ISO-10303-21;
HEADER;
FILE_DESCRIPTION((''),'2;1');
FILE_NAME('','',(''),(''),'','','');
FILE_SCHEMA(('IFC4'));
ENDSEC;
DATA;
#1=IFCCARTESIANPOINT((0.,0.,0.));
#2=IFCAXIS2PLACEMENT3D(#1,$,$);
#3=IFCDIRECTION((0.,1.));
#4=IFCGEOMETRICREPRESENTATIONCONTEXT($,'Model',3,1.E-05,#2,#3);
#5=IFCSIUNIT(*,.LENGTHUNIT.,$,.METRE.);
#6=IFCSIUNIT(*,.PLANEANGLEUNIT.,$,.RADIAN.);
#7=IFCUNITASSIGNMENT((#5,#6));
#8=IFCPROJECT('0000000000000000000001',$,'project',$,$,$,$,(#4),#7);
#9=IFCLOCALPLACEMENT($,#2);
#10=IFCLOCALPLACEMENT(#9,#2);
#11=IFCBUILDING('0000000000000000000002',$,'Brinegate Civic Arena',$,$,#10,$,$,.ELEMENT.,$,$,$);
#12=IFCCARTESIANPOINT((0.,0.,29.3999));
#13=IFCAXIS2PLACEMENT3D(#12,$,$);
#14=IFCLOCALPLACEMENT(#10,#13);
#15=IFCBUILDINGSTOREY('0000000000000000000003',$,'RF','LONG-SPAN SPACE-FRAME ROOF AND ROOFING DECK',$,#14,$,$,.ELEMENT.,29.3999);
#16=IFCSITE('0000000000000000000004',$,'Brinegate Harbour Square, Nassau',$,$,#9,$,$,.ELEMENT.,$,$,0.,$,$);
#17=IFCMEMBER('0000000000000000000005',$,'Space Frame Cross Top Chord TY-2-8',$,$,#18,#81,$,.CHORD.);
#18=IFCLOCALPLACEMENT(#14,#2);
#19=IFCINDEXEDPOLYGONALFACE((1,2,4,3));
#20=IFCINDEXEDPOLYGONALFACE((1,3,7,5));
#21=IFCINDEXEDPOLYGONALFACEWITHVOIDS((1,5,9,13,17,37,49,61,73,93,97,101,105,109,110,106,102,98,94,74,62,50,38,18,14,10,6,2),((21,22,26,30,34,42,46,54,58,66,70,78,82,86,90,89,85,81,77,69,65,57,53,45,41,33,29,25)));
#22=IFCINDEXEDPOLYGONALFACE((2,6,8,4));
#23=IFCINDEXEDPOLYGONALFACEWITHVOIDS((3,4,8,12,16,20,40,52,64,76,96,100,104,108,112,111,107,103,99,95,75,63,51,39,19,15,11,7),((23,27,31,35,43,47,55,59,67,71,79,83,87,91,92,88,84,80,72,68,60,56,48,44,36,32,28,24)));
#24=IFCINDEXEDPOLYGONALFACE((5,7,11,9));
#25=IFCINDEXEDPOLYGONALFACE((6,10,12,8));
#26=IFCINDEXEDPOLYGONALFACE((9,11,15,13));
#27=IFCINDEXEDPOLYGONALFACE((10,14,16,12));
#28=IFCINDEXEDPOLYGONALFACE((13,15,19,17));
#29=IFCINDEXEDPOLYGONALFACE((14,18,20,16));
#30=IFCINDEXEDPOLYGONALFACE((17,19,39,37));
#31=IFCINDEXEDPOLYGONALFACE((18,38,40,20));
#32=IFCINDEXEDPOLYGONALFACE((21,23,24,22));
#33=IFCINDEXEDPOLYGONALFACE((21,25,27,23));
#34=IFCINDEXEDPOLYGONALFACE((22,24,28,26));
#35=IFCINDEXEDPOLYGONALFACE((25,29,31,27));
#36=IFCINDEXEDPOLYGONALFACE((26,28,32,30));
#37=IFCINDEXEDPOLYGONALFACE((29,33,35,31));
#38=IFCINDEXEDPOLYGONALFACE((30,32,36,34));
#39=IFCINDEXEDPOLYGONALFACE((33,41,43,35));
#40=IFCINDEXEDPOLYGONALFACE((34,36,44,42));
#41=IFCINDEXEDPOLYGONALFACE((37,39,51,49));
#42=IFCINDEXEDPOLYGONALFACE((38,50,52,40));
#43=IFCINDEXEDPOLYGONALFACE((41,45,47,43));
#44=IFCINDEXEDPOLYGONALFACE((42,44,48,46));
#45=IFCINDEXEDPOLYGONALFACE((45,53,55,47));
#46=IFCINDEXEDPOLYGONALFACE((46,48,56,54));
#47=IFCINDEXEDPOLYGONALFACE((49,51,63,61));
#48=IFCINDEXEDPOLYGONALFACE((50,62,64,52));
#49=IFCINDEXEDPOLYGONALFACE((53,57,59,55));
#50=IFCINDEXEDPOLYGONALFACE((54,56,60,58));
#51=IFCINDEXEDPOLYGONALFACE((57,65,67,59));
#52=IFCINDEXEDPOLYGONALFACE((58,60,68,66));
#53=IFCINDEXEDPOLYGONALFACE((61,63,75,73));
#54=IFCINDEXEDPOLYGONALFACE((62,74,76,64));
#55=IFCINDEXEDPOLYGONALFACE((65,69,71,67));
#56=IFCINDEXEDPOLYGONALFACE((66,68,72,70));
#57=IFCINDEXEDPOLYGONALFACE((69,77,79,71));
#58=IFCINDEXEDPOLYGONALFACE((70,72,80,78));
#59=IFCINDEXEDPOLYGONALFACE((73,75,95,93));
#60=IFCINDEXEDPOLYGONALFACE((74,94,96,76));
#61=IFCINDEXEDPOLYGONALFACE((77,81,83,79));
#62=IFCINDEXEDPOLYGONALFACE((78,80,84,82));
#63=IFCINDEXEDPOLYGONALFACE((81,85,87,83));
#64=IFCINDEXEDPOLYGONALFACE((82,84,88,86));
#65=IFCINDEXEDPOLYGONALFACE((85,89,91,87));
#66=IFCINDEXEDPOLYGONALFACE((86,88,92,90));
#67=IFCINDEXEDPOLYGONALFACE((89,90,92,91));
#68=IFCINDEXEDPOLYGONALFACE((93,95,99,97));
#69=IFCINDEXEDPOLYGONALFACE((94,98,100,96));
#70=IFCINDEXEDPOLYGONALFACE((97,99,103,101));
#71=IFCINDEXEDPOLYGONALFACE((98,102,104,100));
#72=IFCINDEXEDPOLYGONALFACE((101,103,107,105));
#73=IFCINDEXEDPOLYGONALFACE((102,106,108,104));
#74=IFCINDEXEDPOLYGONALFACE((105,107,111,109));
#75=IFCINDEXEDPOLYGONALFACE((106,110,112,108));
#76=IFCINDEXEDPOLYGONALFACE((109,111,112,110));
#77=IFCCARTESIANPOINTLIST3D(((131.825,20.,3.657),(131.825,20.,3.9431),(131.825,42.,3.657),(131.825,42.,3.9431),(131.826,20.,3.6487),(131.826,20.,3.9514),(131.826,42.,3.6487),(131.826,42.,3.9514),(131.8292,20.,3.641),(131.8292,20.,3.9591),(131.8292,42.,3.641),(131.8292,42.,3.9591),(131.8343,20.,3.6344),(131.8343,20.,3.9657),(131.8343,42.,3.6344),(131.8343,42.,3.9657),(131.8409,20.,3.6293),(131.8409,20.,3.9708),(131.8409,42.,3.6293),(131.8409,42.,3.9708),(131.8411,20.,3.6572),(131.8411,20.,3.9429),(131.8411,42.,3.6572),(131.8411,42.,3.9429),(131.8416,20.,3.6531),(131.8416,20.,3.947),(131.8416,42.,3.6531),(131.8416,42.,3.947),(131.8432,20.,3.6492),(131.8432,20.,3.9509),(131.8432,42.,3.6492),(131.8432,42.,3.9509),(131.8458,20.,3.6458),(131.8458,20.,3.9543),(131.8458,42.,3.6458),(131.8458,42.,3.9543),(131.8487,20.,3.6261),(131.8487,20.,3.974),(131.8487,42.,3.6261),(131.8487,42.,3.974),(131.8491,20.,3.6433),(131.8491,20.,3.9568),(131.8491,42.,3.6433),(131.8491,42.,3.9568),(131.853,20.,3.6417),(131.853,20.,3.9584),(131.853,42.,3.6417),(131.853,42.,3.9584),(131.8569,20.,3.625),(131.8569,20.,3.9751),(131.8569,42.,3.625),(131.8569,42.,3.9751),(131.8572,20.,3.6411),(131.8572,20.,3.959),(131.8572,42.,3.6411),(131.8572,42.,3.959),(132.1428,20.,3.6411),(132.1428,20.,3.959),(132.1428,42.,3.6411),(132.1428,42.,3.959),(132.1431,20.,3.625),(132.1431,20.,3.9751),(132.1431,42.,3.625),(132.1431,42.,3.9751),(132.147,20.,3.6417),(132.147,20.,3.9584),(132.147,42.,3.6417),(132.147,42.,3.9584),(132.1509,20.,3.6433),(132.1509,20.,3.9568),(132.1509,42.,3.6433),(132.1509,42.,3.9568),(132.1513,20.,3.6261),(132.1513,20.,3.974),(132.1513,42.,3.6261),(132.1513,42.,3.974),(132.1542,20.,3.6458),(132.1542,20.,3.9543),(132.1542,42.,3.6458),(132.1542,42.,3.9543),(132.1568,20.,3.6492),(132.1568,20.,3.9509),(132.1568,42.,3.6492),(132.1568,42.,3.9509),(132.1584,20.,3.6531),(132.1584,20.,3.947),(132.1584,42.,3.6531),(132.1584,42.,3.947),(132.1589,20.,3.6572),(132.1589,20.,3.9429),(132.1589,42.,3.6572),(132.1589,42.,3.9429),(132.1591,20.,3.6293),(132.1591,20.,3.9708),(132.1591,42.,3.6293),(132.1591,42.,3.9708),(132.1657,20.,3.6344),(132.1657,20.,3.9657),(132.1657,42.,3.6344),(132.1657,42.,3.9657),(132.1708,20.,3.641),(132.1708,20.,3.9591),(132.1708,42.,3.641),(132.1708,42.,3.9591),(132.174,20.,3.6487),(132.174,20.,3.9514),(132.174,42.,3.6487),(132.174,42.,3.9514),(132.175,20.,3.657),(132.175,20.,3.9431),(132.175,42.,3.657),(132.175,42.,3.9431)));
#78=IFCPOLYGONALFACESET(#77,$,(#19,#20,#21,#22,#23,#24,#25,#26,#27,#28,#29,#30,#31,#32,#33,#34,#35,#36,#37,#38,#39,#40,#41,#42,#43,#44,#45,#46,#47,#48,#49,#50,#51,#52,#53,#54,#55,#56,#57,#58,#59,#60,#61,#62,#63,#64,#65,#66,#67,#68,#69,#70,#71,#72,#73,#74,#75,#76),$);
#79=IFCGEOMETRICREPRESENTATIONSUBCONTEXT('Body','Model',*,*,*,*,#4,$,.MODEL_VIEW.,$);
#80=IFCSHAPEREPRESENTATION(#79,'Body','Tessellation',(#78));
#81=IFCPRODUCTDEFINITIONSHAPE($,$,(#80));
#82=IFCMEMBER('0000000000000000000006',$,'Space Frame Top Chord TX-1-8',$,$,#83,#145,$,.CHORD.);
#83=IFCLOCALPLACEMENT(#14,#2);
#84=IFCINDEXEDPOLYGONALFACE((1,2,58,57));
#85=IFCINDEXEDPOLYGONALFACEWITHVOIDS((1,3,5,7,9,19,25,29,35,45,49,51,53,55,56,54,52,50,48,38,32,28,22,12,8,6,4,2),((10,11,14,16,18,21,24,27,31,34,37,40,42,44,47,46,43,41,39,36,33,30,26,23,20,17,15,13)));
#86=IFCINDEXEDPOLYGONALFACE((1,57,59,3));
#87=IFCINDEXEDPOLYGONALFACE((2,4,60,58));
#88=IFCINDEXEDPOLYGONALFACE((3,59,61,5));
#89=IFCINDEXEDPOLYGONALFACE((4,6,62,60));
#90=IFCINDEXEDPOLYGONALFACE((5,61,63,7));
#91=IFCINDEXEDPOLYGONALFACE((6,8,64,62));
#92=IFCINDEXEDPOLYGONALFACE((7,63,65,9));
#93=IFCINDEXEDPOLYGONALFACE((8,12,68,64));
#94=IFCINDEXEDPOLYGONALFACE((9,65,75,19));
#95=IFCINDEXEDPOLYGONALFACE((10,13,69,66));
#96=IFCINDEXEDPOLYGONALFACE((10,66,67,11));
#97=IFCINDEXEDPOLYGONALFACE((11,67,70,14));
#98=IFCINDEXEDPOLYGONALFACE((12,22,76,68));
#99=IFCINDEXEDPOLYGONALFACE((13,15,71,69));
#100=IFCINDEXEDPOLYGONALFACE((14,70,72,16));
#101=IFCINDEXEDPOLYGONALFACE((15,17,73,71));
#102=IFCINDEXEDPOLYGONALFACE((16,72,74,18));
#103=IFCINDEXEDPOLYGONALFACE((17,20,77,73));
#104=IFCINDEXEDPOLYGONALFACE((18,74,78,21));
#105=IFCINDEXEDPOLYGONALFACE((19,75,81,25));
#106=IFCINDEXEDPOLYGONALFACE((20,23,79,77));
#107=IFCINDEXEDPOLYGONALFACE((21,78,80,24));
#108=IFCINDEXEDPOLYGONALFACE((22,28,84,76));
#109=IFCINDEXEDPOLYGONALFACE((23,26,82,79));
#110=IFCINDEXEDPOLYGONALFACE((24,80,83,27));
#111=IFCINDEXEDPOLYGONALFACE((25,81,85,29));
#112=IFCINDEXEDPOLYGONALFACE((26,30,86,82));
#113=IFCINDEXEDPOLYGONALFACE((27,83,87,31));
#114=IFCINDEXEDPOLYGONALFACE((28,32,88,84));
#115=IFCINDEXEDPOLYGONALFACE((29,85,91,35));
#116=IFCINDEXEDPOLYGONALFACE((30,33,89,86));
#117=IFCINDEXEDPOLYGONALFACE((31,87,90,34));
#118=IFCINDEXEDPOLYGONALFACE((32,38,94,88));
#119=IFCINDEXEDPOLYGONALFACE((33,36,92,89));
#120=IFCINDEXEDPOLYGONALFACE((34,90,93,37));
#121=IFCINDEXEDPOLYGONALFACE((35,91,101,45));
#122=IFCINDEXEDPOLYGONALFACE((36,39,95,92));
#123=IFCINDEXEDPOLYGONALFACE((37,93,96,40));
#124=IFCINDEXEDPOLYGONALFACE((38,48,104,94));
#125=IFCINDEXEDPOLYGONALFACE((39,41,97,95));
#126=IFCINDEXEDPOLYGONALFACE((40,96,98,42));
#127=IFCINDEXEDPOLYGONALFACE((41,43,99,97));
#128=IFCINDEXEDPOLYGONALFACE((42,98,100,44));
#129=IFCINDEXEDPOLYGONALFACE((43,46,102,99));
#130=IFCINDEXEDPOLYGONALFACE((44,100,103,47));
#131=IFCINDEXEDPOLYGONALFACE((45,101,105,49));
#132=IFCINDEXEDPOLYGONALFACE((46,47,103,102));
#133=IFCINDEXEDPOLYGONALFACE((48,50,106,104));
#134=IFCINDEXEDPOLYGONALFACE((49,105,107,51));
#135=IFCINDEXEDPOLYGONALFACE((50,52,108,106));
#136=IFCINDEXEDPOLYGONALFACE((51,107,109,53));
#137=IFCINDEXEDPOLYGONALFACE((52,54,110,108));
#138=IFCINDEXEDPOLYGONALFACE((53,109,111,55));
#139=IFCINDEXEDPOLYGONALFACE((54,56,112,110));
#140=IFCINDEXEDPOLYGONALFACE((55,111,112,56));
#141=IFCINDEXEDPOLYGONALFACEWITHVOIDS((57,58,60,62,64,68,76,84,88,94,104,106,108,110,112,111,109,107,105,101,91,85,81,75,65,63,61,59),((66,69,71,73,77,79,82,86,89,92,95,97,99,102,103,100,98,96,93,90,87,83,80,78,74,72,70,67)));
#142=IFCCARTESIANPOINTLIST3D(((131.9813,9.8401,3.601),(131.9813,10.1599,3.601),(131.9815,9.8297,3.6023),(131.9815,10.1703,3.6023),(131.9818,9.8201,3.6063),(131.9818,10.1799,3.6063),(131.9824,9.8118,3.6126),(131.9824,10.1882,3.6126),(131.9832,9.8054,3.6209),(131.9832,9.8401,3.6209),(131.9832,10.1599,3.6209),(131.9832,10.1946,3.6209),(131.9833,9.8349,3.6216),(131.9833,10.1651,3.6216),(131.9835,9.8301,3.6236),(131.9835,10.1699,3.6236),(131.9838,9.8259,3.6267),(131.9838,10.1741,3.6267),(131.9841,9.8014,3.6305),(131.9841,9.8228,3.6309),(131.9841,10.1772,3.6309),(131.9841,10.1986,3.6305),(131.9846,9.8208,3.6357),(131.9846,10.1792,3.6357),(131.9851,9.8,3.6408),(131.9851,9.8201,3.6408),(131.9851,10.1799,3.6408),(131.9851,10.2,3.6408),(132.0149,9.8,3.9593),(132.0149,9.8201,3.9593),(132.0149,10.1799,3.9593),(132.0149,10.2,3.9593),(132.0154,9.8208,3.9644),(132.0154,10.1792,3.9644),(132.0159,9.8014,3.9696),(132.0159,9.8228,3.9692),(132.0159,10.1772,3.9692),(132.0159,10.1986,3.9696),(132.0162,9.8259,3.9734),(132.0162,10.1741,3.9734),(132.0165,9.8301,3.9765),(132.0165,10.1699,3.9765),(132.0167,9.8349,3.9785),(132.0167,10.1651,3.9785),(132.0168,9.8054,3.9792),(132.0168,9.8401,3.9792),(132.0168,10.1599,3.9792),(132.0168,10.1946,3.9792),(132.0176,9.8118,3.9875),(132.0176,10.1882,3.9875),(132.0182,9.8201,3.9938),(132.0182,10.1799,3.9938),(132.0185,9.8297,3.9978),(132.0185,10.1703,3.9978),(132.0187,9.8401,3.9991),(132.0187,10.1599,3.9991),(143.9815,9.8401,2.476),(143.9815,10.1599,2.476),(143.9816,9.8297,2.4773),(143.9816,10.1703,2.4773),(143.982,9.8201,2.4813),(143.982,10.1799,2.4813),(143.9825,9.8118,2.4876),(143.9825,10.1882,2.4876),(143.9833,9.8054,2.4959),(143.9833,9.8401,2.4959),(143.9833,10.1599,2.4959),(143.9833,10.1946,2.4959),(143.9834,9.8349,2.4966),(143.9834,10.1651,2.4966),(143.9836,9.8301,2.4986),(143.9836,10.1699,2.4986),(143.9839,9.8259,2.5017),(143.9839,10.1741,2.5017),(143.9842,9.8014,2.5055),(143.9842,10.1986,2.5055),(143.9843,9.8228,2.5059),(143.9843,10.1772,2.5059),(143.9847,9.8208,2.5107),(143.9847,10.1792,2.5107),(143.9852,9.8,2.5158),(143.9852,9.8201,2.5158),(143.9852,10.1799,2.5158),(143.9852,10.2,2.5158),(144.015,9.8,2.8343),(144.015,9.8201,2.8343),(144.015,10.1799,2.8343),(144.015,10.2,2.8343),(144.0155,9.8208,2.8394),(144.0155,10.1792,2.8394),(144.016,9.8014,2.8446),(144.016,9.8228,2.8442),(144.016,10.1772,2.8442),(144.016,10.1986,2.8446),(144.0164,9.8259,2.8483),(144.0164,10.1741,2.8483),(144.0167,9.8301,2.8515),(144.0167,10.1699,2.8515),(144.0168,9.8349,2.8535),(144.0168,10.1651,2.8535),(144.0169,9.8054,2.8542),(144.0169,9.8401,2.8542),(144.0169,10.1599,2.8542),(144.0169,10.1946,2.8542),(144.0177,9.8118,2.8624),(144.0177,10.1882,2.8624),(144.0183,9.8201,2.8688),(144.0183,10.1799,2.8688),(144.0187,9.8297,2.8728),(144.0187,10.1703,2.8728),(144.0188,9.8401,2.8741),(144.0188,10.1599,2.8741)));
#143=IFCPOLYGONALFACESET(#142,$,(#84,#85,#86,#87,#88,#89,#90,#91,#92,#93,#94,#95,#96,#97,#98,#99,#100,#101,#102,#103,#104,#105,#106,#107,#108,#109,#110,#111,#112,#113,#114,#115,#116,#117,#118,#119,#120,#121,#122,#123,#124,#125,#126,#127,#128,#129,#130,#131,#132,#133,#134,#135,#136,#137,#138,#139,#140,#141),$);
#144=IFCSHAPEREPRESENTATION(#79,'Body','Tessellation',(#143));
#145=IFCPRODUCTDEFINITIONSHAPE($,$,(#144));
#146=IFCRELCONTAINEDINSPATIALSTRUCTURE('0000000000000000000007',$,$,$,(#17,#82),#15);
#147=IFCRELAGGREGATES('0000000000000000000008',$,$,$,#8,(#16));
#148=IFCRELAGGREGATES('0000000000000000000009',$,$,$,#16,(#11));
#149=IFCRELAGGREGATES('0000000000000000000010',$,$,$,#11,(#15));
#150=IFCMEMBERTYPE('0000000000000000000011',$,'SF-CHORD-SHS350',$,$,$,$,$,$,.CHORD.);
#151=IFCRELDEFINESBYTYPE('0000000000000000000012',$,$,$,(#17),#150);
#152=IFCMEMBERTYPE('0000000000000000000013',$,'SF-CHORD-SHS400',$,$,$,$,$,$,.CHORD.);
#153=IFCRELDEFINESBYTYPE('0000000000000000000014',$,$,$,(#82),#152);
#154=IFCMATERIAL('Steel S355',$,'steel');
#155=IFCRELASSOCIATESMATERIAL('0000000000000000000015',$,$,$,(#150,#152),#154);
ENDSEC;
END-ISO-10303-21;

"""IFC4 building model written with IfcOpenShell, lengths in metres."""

from ifc_helpers import new_model, si_unit, direction, frame, origin, origin_2d, place, context, subcontext, project, spatial, hollow_rectangle, extrude, material, material_profile, profile_set, type_object, element, save


model = new_model("IFC4")

# Units and contexts
model_context = context("Model", 3, precision=1e-05, world=origin(), true_north=direction((0.0, 1.0)))
body_context = subcontext(model_context, "Body", "Model", "MODEL_VIEW")
ifc_project = project(units=[si_unit("LENGTHUNIT", "METRE"), si_unit("PLANEANGLEUNIT", "RADIAN")], contexts=[model_context])

# Site, building, storey
site_placement = place(None, origin())
site = spatial("IfcSite", under=ifc_project, at=site_placement, Name="Brinegate Harbour Square, Nassau", CompositionType="ELEMENT", RefElevation=0.0)
building_placement = place(site_placement, origin())
building = spatial("IfcBuilding", under=site, at=building_placement, Name="Brinegate Civic Arena", CompositionType="ELEMENT")
storey_placement = place(building_placement, frame((0.0, 0.0, 29.3999)))
storey = spatial("IfcBuildingStorey", under=building, at=storey_placement, Name="RF", Description="LONG-SPAN SPACE-FRAME ROOF AND ROOFING DECK", CompositionType="ELEMENT", Elevation=29.3999)

# Shared definitions
ifc_material_1 = material(Name="Steel S355", Category="steel")

# Members
ifc_material_profile_1 = material_profile(ifc_material_1, hollow_rectangle(XDim=0.3501, YDim=0.3501, WallThickness=0.0161, InnerFilletRadius=0.0161, OuterFilletRadius=0.032, at=origin_2d()), Name="SHS350X16")
ifc_profile_set_1 = profile_set([ifc_material_profile_1], Name="Steel S355")
member_type_1 = type_object("IfcMemberType", Name="SF-CHORD-SHS350", PredefinedType="CHORD", material=ifc_profile_set_1)
member_1_placement = place(storey_placement, frame((132.0, 20.0, 3.8), z_axis=(0.0, 1.0, 0.0), x_axis=(-1.0, 0.0, 0.0)))
element("IfcMember", 1, at=member_1_placement, inside=storey, type_object=member_type_1, Name="Space Frame Cross Top Chord TY-2-8", PredefinedType="CHORD", context=body_context, shape_type="SweptSolid", body=[
    extrude(hollow_rectangle(XDim=0.3501, YDim=0.3501, WallThickness=0.0161, InnerFilletRadius=0.0161, OuterFilletRadius=0.032, at=origin_2d()), origin(), (0.0, 0.0, 1.0), 22.0),
])
ifc_material_profile_2 = material_profile(ifc_material_1, hollow_rectangle(XDim=0.3999, YDim=0.3999, WallThickness=0.02, InnerFilletRadius=0.02, OuterFilletRadius=0.04, at=origin_2d()), Name="SHS400X20")
ifc_profile_set_2 = profile_set([ifc_material_profile_2], Name="Steel S355")
member_type_2 = type_object("IfcMemberType", Name="SF-CHORD-SHS400", PredefinedType="CHORD", material=ifc_profile_set_2)
member_2_placement = place(storey_placement, frame((132.0, 10.0, 3.8), z_axis=(0.995634, 0.0, -0.093341), x_axis=(0.0, 1.0, 0.0)))
element("IfcMember", 2, at=member_2_placement, inside=storey, type_object=member_type_2, Name="Space Frame Top Chord TX-1-8", PredefinedType="CHORD", context=body_context, shape_type="SweptSolid", body=[
    extrude(hollow_rectangle(XDim=0.3999, YDim=0.3999, WallThickness=0.02, InnerFilletRadius=0.02, OuterFilletRadius=0.04, at=origin_2d()), origin(), (0.0, 0.0, 1.0), 12.0527),
])

save(model, "model.ifc")
